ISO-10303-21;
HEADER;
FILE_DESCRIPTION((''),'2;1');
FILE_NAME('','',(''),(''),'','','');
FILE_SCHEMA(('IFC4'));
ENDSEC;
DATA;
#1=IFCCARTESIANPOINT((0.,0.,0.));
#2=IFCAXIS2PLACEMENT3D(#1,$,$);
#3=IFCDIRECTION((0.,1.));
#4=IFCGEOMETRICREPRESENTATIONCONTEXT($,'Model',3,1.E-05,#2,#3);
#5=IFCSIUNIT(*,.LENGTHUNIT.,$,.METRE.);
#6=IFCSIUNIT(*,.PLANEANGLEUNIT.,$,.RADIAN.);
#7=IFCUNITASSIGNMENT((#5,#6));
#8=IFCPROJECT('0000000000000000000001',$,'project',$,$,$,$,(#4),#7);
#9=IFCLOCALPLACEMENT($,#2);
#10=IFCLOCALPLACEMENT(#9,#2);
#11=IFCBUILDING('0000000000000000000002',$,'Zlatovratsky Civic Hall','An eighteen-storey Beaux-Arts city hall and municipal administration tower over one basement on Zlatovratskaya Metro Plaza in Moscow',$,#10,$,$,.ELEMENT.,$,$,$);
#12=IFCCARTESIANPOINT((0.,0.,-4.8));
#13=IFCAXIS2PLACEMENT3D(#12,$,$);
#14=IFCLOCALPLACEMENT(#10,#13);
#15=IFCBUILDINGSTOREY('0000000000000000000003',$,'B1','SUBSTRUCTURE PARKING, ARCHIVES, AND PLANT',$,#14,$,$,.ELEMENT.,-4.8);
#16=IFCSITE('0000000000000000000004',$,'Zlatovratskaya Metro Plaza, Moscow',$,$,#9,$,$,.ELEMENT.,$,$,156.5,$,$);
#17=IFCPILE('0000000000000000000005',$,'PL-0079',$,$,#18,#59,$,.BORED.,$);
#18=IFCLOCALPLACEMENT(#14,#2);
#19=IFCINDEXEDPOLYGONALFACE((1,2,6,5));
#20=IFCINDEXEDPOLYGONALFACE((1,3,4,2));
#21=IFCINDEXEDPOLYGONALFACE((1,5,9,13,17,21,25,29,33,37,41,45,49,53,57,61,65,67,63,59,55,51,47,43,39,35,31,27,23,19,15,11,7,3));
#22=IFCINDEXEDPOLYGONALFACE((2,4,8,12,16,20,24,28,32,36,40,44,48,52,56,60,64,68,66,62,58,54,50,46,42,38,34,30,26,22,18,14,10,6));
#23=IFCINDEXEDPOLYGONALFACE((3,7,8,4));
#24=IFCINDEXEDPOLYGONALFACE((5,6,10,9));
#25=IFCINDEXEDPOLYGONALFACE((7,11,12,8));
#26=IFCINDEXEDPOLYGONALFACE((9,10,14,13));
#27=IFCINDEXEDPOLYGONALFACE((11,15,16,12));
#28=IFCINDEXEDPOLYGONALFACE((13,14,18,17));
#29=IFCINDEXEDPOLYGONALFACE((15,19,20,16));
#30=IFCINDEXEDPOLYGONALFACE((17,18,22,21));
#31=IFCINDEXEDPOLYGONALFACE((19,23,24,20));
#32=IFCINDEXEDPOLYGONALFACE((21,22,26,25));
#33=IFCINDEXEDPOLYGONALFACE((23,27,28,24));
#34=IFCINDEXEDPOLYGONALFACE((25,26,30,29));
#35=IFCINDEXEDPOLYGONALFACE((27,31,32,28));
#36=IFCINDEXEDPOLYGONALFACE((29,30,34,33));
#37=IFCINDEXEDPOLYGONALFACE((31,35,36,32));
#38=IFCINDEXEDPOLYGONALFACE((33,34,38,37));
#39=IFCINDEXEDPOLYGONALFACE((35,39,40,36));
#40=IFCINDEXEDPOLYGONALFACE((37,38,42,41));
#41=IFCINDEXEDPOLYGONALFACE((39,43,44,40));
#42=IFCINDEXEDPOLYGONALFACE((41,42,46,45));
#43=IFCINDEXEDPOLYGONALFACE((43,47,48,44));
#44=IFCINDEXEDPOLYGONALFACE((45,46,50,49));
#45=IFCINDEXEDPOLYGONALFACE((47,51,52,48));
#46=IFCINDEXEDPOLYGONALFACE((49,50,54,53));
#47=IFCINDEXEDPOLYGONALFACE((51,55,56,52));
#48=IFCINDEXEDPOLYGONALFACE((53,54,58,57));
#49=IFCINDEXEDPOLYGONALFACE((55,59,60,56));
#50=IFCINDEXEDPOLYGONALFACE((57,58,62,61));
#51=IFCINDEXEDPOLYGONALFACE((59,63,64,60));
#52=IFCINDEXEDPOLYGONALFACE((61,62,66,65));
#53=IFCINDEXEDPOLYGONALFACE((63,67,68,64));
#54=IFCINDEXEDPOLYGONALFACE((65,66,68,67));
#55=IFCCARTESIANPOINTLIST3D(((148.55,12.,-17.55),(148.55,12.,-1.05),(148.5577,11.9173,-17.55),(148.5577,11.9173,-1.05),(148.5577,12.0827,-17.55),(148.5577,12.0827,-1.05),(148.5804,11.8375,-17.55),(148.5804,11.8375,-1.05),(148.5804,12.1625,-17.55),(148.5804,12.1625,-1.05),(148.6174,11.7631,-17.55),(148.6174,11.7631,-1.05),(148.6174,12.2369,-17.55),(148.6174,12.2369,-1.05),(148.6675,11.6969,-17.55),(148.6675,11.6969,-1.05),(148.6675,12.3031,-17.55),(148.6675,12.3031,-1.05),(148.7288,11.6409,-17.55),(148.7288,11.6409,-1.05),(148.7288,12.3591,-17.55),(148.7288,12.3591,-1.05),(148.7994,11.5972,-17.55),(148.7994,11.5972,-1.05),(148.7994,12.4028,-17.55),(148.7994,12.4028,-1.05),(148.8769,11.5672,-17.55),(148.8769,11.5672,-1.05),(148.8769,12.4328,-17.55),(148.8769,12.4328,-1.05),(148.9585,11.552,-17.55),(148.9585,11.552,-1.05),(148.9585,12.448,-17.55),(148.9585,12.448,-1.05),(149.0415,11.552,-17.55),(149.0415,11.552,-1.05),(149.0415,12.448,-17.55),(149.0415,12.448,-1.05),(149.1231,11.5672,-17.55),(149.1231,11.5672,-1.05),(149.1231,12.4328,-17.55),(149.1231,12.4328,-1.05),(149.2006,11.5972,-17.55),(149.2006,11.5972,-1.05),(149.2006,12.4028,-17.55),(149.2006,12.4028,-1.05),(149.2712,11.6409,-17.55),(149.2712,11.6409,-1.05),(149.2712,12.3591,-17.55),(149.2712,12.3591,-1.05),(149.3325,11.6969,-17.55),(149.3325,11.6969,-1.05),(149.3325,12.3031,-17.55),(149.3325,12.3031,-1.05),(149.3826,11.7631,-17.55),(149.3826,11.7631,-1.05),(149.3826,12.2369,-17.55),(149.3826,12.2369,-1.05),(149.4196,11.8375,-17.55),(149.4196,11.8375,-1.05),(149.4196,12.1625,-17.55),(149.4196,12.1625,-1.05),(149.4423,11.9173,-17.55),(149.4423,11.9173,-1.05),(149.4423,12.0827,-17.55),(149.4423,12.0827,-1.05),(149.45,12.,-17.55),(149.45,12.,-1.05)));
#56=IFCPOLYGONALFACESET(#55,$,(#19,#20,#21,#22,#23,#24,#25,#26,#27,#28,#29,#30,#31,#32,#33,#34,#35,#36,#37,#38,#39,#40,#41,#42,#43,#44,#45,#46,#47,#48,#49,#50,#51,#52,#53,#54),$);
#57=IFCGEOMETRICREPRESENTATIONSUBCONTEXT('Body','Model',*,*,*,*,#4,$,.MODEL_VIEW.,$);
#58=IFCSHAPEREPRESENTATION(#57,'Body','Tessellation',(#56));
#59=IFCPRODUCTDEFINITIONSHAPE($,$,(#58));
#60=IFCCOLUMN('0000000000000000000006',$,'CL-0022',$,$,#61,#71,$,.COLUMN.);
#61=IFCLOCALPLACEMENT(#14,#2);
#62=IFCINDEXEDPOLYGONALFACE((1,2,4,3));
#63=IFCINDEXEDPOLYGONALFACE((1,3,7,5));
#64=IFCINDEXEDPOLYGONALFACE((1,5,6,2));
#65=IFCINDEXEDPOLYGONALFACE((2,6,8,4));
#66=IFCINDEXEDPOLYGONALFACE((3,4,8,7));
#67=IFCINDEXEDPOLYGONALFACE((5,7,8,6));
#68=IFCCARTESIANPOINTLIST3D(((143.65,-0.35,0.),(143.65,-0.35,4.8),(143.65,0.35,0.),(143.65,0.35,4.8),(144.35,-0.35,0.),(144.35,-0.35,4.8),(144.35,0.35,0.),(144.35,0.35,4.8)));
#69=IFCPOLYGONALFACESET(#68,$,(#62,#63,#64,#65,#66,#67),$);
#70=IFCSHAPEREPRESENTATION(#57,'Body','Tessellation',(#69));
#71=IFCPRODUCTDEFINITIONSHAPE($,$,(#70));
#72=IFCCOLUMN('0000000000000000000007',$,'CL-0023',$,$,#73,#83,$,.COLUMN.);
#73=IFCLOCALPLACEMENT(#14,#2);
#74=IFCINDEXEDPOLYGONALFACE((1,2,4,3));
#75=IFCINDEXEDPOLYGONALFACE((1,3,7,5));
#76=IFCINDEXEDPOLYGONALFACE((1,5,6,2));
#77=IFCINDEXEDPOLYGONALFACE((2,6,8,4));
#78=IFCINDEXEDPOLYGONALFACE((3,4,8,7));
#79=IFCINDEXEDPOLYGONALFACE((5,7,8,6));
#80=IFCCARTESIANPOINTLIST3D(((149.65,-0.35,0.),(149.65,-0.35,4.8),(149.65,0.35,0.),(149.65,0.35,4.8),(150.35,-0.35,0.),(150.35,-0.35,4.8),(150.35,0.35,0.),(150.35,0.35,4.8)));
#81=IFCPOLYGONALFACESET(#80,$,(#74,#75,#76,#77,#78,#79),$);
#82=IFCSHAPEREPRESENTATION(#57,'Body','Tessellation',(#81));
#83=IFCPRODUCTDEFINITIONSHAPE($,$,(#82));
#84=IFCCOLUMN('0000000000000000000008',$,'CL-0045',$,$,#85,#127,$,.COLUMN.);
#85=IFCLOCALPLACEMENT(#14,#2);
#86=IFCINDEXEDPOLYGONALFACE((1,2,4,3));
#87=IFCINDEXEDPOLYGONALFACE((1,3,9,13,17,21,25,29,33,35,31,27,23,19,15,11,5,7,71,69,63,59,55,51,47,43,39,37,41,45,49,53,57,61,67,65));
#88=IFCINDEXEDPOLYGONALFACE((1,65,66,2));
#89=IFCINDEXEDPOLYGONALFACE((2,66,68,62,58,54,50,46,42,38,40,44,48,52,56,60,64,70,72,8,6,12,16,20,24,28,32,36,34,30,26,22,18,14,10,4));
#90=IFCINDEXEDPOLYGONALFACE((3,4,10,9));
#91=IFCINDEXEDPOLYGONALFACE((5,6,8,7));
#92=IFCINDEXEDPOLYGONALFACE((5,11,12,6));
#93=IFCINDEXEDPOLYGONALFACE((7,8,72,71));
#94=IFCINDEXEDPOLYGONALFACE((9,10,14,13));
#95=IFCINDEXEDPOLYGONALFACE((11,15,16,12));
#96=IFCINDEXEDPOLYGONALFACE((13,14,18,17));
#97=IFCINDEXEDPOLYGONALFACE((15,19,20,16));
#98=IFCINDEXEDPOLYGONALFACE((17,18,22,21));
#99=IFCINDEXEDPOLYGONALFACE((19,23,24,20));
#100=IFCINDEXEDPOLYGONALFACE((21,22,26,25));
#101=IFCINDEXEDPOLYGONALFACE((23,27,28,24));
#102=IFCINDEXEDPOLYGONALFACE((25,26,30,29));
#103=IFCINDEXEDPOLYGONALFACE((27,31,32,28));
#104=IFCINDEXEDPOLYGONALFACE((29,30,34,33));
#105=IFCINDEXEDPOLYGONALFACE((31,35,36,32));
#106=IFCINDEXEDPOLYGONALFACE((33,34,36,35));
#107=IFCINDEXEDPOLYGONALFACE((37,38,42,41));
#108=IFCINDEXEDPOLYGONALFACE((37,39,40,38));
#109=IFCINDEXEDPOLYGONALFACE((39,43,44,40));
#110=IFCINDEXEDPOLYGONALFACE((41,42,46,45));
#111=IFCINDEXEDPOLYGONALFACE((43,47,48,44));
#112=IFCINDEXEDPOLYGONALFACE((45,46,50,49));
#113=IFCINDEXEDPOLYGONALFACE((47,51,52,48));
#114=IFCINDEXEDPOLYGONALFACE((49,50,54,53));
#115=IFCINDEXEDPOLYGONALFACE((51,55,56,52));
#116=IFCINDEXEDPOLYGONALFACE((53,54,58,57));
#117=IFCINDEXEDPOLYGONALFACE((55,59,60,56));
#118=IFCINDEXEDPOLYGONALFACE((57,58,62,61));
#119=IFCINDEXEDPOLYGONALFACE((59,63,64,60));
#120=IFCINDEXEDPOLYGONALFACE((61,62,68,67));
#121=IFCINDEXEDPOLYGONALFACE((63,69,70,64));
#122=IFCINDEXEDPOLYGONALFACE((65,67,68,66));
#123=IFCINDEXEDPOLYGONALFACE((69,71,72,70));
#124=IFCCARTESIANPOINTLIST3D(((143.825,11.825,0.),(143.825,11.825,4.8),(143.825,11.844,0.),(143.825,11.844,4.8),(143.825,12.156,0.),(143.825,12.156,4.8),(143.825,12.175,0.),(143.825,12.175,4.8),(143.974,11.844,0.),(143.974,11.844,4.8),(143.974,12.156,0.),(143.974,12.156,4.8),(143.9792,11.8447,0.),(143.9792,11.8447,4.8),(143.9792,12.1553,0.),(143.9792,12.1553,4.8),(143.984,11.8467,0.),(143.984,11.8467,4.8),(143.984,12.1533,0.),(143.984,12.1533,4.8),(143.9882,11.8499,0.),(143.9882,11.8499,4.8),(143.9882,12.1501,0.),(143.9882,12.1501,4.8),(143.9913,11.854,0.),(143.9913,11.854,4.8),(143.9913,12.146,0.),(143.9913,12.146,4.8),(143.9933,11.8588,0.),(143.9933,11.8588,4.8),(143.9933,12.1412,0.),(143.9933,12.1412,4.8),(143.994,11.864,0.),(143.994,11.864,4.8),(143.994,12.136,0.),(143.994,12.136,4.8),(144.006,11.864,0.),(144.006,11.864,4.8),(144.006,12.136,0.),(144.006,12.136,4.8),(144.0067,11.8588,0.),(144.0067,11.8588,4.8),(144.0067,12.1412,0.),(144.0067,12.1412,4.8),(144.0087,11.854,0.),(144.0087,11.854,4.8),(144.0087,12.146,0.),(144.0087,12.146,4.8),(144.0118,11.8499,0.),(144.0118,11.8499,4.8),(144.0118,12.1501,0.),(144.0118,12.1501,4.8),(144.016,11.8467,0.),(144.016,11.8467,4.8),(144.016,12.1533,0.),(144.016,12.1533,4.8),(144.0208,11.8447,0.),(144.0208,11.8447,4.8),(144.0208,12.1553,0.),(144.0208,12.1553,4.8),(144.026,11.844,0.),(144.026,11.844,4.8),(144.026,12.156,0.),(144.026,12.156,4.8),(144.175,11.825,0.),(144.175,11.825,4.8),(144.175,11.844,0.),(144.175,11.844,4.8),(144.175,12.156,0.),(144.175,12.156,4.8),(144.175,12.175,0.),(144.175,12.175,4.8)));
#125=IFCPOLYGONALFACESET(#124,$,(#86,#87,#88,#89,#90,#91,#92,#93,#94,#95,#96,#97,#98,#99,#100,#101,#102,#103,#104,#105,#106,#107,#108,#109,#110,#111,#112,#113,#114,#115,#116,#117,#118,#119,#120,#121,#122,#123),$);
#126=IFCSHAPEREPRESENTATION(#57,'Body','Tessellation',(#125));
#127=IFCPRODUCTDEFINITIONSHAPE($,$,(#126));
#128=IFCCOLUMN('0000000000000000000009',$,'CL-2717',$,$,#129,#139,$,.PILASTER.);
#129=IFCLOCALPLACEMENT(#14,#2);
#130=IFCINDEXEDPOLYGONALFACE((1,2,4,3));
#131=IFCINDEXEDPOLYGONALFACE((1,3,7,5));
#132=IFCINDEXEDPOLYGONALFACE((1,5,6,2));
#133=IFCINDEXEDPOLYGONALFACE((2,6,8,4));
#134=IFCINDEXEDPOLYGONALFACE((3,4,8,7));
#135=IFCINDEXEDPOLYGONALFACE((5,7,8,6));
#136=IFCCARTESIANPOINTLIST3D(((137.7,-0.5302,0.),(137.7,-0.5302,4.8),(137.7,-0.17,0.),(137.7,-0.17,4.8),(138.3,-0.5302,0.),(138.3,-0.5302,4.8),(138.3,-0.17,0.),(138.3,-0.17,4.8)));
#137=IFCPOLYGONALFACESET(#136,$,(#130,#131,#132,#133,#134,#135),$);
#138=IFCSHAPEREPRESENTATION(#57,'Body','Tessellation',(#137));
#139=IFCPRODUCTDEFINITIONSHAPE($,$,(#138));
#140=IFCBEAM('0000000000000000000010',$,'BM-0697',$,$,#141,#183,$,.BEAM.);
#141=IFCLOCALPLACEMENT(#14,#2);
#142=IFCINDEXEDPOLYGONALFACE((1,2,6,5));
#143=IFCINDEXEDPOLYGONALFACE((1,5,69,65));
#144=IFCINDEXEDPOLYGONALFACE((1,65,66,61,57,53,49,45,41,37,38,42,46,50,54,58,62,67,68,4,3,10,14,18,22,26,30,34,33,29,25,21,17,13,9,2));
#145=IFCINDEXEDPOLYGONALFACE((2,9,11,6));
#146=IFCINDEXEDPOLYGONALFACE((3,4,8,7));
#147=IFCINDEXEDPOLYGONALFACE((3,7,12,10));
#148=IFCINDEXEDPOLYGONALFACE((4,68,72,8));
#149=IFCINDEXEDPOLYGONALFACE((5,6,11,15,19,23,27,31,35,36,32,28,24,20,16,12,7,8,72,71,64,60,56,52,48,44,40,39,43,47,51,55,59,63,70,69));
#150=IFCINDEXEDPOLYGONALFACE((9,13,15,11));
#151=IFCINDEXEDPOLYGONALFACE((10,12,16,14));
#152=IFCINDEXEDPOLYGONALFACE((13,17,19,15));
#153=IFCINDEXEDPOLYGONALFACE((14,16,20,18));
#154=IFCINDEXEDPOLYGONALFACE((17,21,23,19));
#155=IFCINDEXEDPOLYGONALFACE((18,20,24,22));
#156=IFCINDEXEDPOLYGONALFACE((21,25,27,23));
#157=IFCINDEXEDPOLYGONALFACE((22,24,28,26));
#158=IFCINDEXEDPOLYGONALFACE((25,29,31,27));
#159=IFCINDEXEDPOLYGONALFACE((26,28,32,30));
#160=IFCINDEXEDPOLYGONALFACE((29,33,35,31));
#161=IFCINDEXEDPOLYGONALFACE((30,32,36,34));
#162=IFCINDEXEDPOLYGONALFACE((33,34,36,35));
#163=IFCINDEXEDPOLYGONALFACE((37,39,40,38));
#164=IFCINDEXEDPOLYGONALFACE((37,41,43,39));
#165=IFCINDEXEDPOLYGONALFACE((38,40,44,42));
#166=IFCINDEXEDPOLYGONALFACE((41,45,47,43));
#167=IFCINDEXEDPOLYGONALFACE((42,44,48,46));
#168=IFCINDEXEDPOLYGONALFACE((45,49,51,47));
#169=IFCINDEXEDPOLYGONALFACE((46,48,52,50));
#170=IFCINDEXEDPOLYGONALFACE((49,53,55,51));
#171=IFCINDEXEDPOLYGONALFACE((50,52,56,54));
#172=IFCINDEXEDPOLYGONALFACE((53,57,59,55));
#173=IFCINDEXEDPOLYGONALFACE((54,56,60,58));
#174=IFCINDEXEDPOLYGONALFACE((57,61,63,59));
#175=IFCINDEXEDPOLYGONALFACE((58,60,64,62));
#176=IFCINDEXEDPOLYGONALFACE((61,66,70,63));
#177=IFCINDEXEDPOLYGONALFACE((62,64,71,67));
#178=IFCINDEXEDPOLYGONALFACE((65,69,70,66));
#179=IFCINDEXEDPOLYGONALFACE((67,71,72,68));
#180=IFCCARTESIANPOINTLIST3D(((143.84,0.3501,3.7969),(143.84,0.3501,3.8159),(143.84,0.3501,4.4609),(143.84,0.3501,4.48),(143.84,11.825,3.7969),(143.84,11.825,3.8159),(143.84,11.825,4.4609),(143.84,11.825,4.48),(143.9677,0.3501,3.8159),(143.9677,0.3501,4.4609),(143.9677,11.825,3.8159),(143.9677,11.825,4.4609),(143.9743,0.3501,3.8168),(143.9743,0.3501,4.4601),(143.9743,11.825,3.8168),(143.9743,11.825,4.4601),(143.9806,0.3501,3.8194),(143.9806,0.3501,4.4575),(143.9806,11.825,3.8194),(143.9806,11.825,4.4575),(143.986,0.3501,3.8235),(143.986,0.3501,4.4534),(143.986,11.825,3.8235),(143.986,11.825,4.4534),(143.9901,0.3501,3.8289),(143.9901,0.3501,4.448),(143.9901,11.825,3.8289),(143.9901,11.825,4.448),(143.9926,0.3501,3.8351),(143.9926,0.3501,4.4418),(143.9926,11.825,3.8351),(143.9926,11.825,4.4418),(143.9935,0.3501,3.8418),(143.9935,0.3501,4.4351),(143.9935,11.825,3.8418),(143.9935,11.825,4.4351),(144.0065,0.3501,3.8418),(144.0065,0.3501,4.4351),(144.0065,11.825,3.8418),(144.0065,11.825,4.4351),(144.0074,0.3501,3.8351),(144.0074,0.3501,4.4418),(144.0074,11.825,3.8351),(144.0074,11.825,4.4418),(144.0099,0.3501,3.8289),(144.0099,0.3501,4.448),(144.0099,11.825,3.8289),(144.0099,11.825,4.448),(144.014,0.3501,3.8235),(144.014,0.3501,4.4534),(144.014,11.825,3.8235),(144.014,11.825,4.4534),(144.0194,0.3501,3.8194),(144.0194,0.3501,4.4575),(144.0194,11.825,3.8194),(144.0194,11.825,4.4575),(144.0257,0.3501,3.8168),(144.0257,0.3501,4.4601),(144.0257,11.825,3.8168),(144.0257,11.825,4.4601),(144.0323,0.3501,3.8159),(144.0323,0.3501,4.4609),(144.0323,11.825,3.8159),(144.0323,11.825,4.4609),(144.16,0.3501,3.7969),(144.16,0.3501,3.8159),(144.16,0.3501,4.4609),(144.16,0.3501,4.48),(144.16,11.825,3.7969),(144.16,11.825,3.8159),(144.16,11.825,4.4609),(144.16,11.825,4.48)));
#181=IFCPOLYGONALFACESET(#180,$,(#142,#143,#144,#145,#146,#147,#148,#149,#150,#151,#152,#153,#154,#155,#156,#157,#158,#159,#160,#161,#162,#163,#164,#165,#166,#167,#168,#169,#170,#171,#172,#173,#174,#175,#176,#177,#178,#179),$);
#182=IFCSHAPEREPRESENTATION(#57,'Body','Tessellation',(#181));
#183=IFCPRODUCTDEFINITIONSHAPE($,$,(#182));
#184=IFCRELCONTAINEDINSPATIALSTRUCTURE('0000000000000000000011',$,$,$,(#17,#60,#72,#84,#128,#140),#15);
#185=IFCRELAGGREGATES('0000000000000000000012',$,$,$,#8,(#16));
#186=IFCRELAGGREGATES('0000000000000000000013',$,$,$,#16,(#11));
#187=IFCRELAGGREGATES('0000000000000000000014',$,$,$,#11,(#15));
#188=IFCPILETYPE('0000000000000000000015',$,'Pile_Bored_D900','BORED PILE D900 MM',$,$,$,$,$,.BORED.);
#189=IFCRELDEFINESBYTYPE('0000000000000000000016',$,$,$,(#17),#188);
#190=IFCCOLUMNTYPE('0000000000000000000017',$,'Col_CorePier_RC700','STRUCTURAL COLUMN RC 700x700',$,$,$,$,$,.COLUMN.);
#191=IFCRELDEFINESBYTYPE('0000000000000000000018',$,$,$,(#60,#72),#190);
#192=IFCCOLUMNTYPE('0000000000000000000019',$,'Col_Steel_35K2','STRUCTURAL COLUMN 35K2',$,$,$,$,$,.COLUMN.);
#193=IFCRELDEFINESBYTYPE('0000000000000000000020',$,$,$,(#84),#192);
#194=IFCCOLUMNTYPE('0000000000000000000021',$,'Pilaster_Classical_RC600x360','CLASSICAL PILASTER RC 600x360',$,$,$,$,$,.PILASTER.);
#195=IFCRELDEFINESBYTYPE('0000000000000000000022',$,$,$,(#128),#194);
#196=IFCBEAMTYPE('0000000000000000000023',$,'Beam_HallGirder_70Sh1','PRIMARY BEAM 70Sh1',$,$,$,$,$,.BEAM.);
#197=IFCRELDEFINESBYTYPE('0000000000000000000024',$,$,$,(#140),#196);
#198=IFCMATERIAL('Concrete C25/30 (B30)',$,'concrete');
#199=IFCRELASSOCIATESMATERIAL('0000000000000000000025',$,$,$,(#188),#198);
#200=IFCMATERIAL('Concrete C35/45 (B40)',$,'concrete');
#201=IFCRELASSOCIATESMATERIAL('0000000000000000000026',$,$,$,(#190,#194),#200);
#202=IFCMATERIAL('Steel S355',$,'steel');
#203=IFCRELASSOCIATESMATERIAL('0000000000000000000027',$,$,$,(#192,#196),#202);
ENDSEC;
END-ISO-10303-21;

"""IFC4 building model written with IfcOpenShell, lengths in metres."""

from ifc_helpers import new_model, si_unit, direction, frame, origin, origin_2d, place, context, subcontext, project, spatial, rectangle, circle, i_section, extrude, material, material_profile, profile_set, type_object, element, save


model = new_model("IFC4")

# Units and contexts
model_context = context("Model", 3, precision=1e-05, world=origin(), true_north=direction((0.0, 1.0)))
body_context = subcontext(model_context, "Body", "Model", "MODEL_VIEW")
ifc_project = project(units=[si_unit("LENGTHUNIT", "METRE"), si_unit("PLANEANGLEUNIT", "RADIAN")], contexts=[model_context])

# Site, building, storey
site_placement = place(None, origin())
site = spatial("IfcSite", under=ifc_project, at=site_placement, Name="Zlatovratskaya Metro Plaza, Moscow", CompositionType="ELEMENT", RefElevation=156.5)
building_placement = place(site_placement, origin())
building = spatial("IfcBuilding", under=site, at=building_placement, Name="Zlatovratsky Civic Hall", Description="An eighteen-storey Beaux-Arts city hall and municipal administration tower over one basement on Zlatovratskaya Metro Plaza in Moscow", CompositionType="ELEMENT")
storey_placement = place(building_placement, frame((0.0, 0.0, -4.8)))
storey = spatial("IfcBuildingStorey", under=building, at=storey_placement, Name="B1", Description="SUBSTRUCTURE PARKING, ARCHIVES, AND PLANT", CompositionType="ELEMENT", Elevation=-4.8)

# Shared definitions
ifc_material_1 = material(Name="Concrete C25/30 (B30)", Category="concrete")

# Pile
ifc_material_profile_1 = material_profile(ifc_material_1, circle(Radius=0.45, at=origin_2d()), Name="PILE D900")
ifc_profile_set_1 = profile_set([ifc_material_profile_1], Name="Concrete C25/30 (B30)")
pile_type_1 = type_object("IfcPileType", Name="Pile_Bored_D900", Description="BORED PILE D900 MM", PredefinedType="BORED", material=ifc_profile_set_1)
pile_placement = place(storey_placement, frame((149.0, 12.0, -1.05), z_axis=(0.0, 0.0, -1.0), x_axis=(1.0, 0.0, 0.0)))
element("IfcPile", 1, at=pile_placement, inside=storey, type_object=pile_type_1, Name="PL-0079", PredefinedType="BORED", context=body_context, shape_type="SweptSolid", body=[
    extrude(circle(Radius=0.45, at=origin_2d()), origin(), (0.0, 0.0, 1.0), 16.5),
])

# Columns
ifc_material_2 = material(Name="Concrete C35/45 (B40)", Category="concrete")
ifc_material_profile_2 = material_profile(ifc_material_2, rectangle(XDim=0.7, YDim=0.7, at=origin_2d()), Name="RC 700x700")
ifc_profile_set_2 = profile_set([ifc_material_profile_2], Name="Concrete C35/45 (B40)")
column_type_1 = type_object("IfcColumnType", Name="Col_CorePier_RC700", Description="STRUCTURAL COLUMN RC 700x700", PredefinedType="COLUMN", material=ifc_profile_set_2)
for number, where, z_axis, x_axis, name in (
    (2, (144.0, 0.0, 0.0), (0.0, 0.0, 1.0), (1.0, 0.0, 0.0), "CL-0022"),
    (3, (150.0, 0.0, 0.0), (0.0, 0.0, 1.0), (1.0, 0.0, 0.0), "CL-0023"),
):
    element("IfcColumn", number, at=place(storey_placement, frame(where, z_axis=z_axis, x_axis=x_axis)), inside=storey, type_object=column_type_1, Name=name, PredefinedType="COLUMN", context=body_context, shape_type="SweptSolid", body=[
        extrude(rectangle(XDim=0.7, YDim=0.7, at=origin_2d()), origin(), (0.0, 0.0, 1.0), 4.8),
    ])
ifc_material_3 = material(Name="Steel S355", Category="steel")
ifc_material_profile_3 = material_profile(ifc_material_3, i_section(OverallWidth=0.3501, OverallDepth=0.3501, WebThickness=0.012, FlangeThickness=0.019, FilletRadius=0.02, at=origin_2d()), Name="35K2")
ifc_profile_set_3 = profile_set([ifc_material_profile_3], Name="Steel S355")
column_type_2 = type_object("IfcColumnType", Name="Col_Steel_35K2", Description="STRUCTURAL COLUMN 35K2", PredefinedType="COLUMN", material=ifc_profile_set_3)
column_1_placement = place(storey_placement, frame((144.0, 12.0, 0.0), z_axis=(0.0, 0.0, 1.0), x_axis=(1.0, 0.0, 0.0)))
element("IfcColumn", 4, at=column_1_placement, inside=storey, type_object=column_type_2, Name="CL-0045", PredefinedType="COLUMN", context=body_context, shape_type="SweptSolid", body=[
    extrude(i_section(OverallWidth=0.3501, OverallDepth=0.3501, WebThickness=0.012, FlangeThickness=0.019, FilletRadius=0.02, at=origin_2d()), origin(), (0.0, 0.0, 1.0), 4.8),
])
ifc_material_profile_4 = material_profile(ifc_material_2, rectangle(XDim=0.6001, YDim=0.3601, at=origin_2d()), Name="RC 600x360")
ifc_profile_set_4 = profile_set([ifc_material_profile_4], Name="Concrete C35/45 (B40)")
column_type_3 = type_object("IfcColumnType", Name="Pilaster_Classical_RC600x360", Description="CLASSICAL PILASTER RC 600x360", PredefinedType="PILASTER", material=ifc_profile_set_4)
column_2_placement = place(storey_placement, frame((138.0, -0.3501, 0.0), z_axis=(0.0, 0.0, 1.0), x_axis=(1.0, 0.0, 0.0)))
element("IfcColumn", 5, at=column_2_placement, inside=storey, type_object=column_type_3, Name="CL-2717", PredefinedType="PILASTER", context=body_context, shape_type="SweptSolid", body=[
    extrude(rectangle(XDim=0.6001, YDim=0.3601, at=origin_2d()), origin(), (0.0, 0.0, 1.0), 4.8),
])

# Beam
ifc_material_profile_5 = material_profile(ifc_material_3, i_section(OverallWidth=0.3201, OverallDepth=0.6831, WebThickness=0.0129, FlangeThickness=0.019, FilletRadius=0.0259, at=origin_2d()), Name="70Sh1")
ifc_profile_set_5 = profile_set([ifc_material_profile_5], Name="Steel S355")
beam_type_1 = type_object("IfcBeamType", Name="Beam_HallGirder_70Sh1", Description="PRIMARY BEAM 70Sh1", PredefinedType="BEAM", material=ifc_profile_set_5)
beam_1_placement = place(storey_placement, frame((144.0, 0.3501, 4.1384), z_axis=(0.0, 1.0, 0.0), x_axis=(-1.0, 0.0, 0.0)))
element("IfcBeam", 6, at=beam_1_placement, inside=storey, type_object=beam_type_1, Name="BM-0697", PredefinedType="BEAM", context=body_context, shape_type="SweptSolid", body=[
    extrude(i_section(OverallWidth=0.3201, OverallDepth=0.6831, WebThickness=0.0129, FlangeThickness=0.019, FilletRadius=0.0259, at=origin_2d()), origin(), (0.0, 0.0, 1.0), 11.4749),
])

save(model, "model.ifc")
